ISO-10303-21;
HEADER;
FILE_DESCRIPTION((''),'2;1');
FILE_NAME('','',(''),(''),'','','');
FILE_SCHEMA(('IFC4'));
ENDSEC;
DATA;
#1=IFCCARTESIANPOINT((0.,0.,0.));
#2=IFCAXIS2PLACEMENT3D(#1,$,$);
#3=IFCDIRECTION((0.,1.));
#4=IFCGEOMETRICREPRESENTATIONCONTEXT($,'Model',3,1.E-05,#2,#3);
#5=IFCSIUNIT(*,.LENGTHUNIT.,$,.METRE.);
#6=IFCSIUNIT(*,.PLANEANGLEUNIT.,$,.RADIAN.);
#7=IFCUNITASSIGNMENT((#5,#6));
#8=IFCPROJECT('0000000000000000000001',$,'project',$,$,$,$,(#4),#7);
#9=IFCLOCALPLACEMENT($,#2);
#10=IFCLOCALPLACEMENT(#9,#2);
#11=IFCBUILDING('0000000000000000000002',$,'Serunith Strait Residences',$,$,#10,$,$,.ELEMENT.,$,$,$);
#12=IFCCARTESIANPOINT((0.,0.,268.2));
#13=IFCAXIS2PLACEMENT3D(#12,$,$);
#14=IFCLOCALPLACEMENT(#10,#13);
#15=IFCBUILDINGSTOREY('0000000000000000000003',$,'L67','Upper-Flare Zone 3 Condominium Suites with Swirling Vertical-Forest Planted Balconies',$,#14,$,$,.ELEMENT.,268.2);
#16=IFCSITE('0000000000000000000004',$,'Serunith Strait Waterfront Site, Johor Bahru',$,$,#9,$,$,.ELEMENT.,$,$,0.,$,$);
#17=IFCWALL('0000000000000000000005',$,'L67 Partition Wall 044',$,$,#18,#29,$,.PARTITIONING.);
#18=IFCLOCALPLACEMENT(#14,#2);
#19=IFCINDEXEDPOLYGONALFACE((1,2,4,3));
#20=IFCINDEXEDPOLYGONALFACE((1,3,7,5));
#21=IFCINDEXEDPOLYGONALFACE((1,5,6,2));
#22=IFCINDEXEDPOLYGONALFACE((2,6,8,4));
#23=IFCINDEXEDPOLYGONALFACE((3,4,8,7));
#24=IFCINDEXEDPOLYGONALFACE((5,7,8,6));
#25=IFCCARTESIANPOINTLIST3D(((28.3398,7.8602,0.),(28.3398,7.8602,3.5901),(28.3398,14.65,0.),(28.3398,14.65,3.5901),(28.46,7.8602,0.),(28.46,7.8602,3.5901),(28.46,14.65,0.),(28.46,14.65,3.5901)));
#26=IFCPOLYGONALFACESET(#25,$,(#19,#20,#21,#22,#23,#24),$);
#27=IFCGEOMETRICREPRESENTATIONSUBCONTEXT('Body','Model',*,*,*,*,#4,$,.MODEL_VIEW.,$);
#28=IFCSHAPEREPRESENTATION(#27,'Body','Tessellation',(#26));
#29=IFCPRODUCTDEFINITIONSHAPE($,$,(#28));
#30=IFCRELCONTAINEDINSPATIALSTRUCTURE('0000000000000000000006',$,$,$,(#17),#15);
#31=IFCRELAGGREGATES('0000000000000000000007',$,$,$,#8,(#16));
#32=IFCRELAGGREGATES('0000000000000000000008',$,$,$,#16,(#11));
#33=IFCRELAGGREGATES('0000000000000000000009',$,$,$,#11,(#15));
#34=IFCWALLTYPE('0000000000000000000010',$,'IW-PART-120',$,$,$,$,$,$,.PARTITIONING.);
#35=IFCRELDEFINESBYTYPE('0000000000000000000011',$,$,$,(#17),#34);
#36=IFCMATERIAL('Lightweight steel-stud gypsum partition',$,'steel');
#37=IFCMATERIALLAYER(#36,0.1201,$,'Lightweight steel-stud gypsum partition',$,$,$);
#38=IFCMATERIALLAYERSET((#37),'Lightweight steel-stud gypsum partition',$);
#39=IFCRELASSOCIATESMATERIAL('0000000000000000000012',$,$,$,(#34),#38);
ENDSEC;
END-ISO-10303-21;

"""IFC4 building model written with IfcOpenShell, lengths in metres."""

from ifc_helpers import new_model, si_unit, direction, frame, frame_2d, origin, place, context, subcontext, project, spatial, rectangle, extrude, material, layer, layer_set, type_object, element, save


model = new_model("IFC4")

# Units and contexts
model_context = context("Model", 3, precision=1e-05, world=origin(), true_north=direction((0.0, 1.0)))
body_context = subcontext(model_context, "Body", "Model", "MODEL_VIEW")
ifc_project = project(units=[si_unit("LENGTHUNIT", "METRE"), si_unit("PLANEANGLEUNIT", "RADIAN")], contexts=[model_context])

# Site, building, storey
site_placement = place(None, origin())
site = spatial("IfcSite", under=ifc_project, at=site_placement, Name="Serunith Strait Waterfront Site, Johor Bahru", CompositionType="ELEMENT", RefElevation=0.0)
building_placement = place(site_placement, origin())
building = spatial("IfcBuilding", under=site, at=building_placement, Name="Serunith Strait Residences", CompositionType="ELEMENT")
storey_placement = place(building_placement, frame((0.0, 0.0, 268.2)))
storey = spatial("IfcBuildingStorey", under=building, at=storey_placement, Name="L67", Description="Upper-Flare Zone 3 Condominium Suites with Swirling Vertical-Forest Planted Balconies", CompositionType="ELEMENT", Elevation=268.2)

# Shared definitions
ifc_material_1 = material(Name="Lightweight steel-stud gypsum partition", Category="steel")
ifc_layer_1 = layer(ifc_material_1, 0.1201, Name="Lightweight steel-stud gypsum partition")
ifc_layer_set_1 = layer_set([ifc_layer_1], Name="Lightweight steel-stud gypsum partition")
wall_type = type_object("IfcWallType", Name="IW-PART-120", PredefinedType="PARTITIONING", material=ifc_layer_set_1)

# Wall
wall_1_placement = place(storey_placement, frame((28.3999, 7.8601, 0.0), z_axis=(0.0, 0.0, 1.0), x_axis=(0.0, 1.0, 0.0)))
element("IfcWall", 1, at=wall_1_placement, inside=storey, type_object=wall_type, Name="L67 Partition Wall 044", PredefinedType="PARTITIONING", context=body_context, shape_type="SweptSolid", body=[
    extrude(rectangle(XDim=6.7898, YDim=0.1201, at=frame_2d((3.395, 0.0))), origin(), (0.0, 0.0, 1.0), 3.5901),
])

save(model, "model.ifc")
